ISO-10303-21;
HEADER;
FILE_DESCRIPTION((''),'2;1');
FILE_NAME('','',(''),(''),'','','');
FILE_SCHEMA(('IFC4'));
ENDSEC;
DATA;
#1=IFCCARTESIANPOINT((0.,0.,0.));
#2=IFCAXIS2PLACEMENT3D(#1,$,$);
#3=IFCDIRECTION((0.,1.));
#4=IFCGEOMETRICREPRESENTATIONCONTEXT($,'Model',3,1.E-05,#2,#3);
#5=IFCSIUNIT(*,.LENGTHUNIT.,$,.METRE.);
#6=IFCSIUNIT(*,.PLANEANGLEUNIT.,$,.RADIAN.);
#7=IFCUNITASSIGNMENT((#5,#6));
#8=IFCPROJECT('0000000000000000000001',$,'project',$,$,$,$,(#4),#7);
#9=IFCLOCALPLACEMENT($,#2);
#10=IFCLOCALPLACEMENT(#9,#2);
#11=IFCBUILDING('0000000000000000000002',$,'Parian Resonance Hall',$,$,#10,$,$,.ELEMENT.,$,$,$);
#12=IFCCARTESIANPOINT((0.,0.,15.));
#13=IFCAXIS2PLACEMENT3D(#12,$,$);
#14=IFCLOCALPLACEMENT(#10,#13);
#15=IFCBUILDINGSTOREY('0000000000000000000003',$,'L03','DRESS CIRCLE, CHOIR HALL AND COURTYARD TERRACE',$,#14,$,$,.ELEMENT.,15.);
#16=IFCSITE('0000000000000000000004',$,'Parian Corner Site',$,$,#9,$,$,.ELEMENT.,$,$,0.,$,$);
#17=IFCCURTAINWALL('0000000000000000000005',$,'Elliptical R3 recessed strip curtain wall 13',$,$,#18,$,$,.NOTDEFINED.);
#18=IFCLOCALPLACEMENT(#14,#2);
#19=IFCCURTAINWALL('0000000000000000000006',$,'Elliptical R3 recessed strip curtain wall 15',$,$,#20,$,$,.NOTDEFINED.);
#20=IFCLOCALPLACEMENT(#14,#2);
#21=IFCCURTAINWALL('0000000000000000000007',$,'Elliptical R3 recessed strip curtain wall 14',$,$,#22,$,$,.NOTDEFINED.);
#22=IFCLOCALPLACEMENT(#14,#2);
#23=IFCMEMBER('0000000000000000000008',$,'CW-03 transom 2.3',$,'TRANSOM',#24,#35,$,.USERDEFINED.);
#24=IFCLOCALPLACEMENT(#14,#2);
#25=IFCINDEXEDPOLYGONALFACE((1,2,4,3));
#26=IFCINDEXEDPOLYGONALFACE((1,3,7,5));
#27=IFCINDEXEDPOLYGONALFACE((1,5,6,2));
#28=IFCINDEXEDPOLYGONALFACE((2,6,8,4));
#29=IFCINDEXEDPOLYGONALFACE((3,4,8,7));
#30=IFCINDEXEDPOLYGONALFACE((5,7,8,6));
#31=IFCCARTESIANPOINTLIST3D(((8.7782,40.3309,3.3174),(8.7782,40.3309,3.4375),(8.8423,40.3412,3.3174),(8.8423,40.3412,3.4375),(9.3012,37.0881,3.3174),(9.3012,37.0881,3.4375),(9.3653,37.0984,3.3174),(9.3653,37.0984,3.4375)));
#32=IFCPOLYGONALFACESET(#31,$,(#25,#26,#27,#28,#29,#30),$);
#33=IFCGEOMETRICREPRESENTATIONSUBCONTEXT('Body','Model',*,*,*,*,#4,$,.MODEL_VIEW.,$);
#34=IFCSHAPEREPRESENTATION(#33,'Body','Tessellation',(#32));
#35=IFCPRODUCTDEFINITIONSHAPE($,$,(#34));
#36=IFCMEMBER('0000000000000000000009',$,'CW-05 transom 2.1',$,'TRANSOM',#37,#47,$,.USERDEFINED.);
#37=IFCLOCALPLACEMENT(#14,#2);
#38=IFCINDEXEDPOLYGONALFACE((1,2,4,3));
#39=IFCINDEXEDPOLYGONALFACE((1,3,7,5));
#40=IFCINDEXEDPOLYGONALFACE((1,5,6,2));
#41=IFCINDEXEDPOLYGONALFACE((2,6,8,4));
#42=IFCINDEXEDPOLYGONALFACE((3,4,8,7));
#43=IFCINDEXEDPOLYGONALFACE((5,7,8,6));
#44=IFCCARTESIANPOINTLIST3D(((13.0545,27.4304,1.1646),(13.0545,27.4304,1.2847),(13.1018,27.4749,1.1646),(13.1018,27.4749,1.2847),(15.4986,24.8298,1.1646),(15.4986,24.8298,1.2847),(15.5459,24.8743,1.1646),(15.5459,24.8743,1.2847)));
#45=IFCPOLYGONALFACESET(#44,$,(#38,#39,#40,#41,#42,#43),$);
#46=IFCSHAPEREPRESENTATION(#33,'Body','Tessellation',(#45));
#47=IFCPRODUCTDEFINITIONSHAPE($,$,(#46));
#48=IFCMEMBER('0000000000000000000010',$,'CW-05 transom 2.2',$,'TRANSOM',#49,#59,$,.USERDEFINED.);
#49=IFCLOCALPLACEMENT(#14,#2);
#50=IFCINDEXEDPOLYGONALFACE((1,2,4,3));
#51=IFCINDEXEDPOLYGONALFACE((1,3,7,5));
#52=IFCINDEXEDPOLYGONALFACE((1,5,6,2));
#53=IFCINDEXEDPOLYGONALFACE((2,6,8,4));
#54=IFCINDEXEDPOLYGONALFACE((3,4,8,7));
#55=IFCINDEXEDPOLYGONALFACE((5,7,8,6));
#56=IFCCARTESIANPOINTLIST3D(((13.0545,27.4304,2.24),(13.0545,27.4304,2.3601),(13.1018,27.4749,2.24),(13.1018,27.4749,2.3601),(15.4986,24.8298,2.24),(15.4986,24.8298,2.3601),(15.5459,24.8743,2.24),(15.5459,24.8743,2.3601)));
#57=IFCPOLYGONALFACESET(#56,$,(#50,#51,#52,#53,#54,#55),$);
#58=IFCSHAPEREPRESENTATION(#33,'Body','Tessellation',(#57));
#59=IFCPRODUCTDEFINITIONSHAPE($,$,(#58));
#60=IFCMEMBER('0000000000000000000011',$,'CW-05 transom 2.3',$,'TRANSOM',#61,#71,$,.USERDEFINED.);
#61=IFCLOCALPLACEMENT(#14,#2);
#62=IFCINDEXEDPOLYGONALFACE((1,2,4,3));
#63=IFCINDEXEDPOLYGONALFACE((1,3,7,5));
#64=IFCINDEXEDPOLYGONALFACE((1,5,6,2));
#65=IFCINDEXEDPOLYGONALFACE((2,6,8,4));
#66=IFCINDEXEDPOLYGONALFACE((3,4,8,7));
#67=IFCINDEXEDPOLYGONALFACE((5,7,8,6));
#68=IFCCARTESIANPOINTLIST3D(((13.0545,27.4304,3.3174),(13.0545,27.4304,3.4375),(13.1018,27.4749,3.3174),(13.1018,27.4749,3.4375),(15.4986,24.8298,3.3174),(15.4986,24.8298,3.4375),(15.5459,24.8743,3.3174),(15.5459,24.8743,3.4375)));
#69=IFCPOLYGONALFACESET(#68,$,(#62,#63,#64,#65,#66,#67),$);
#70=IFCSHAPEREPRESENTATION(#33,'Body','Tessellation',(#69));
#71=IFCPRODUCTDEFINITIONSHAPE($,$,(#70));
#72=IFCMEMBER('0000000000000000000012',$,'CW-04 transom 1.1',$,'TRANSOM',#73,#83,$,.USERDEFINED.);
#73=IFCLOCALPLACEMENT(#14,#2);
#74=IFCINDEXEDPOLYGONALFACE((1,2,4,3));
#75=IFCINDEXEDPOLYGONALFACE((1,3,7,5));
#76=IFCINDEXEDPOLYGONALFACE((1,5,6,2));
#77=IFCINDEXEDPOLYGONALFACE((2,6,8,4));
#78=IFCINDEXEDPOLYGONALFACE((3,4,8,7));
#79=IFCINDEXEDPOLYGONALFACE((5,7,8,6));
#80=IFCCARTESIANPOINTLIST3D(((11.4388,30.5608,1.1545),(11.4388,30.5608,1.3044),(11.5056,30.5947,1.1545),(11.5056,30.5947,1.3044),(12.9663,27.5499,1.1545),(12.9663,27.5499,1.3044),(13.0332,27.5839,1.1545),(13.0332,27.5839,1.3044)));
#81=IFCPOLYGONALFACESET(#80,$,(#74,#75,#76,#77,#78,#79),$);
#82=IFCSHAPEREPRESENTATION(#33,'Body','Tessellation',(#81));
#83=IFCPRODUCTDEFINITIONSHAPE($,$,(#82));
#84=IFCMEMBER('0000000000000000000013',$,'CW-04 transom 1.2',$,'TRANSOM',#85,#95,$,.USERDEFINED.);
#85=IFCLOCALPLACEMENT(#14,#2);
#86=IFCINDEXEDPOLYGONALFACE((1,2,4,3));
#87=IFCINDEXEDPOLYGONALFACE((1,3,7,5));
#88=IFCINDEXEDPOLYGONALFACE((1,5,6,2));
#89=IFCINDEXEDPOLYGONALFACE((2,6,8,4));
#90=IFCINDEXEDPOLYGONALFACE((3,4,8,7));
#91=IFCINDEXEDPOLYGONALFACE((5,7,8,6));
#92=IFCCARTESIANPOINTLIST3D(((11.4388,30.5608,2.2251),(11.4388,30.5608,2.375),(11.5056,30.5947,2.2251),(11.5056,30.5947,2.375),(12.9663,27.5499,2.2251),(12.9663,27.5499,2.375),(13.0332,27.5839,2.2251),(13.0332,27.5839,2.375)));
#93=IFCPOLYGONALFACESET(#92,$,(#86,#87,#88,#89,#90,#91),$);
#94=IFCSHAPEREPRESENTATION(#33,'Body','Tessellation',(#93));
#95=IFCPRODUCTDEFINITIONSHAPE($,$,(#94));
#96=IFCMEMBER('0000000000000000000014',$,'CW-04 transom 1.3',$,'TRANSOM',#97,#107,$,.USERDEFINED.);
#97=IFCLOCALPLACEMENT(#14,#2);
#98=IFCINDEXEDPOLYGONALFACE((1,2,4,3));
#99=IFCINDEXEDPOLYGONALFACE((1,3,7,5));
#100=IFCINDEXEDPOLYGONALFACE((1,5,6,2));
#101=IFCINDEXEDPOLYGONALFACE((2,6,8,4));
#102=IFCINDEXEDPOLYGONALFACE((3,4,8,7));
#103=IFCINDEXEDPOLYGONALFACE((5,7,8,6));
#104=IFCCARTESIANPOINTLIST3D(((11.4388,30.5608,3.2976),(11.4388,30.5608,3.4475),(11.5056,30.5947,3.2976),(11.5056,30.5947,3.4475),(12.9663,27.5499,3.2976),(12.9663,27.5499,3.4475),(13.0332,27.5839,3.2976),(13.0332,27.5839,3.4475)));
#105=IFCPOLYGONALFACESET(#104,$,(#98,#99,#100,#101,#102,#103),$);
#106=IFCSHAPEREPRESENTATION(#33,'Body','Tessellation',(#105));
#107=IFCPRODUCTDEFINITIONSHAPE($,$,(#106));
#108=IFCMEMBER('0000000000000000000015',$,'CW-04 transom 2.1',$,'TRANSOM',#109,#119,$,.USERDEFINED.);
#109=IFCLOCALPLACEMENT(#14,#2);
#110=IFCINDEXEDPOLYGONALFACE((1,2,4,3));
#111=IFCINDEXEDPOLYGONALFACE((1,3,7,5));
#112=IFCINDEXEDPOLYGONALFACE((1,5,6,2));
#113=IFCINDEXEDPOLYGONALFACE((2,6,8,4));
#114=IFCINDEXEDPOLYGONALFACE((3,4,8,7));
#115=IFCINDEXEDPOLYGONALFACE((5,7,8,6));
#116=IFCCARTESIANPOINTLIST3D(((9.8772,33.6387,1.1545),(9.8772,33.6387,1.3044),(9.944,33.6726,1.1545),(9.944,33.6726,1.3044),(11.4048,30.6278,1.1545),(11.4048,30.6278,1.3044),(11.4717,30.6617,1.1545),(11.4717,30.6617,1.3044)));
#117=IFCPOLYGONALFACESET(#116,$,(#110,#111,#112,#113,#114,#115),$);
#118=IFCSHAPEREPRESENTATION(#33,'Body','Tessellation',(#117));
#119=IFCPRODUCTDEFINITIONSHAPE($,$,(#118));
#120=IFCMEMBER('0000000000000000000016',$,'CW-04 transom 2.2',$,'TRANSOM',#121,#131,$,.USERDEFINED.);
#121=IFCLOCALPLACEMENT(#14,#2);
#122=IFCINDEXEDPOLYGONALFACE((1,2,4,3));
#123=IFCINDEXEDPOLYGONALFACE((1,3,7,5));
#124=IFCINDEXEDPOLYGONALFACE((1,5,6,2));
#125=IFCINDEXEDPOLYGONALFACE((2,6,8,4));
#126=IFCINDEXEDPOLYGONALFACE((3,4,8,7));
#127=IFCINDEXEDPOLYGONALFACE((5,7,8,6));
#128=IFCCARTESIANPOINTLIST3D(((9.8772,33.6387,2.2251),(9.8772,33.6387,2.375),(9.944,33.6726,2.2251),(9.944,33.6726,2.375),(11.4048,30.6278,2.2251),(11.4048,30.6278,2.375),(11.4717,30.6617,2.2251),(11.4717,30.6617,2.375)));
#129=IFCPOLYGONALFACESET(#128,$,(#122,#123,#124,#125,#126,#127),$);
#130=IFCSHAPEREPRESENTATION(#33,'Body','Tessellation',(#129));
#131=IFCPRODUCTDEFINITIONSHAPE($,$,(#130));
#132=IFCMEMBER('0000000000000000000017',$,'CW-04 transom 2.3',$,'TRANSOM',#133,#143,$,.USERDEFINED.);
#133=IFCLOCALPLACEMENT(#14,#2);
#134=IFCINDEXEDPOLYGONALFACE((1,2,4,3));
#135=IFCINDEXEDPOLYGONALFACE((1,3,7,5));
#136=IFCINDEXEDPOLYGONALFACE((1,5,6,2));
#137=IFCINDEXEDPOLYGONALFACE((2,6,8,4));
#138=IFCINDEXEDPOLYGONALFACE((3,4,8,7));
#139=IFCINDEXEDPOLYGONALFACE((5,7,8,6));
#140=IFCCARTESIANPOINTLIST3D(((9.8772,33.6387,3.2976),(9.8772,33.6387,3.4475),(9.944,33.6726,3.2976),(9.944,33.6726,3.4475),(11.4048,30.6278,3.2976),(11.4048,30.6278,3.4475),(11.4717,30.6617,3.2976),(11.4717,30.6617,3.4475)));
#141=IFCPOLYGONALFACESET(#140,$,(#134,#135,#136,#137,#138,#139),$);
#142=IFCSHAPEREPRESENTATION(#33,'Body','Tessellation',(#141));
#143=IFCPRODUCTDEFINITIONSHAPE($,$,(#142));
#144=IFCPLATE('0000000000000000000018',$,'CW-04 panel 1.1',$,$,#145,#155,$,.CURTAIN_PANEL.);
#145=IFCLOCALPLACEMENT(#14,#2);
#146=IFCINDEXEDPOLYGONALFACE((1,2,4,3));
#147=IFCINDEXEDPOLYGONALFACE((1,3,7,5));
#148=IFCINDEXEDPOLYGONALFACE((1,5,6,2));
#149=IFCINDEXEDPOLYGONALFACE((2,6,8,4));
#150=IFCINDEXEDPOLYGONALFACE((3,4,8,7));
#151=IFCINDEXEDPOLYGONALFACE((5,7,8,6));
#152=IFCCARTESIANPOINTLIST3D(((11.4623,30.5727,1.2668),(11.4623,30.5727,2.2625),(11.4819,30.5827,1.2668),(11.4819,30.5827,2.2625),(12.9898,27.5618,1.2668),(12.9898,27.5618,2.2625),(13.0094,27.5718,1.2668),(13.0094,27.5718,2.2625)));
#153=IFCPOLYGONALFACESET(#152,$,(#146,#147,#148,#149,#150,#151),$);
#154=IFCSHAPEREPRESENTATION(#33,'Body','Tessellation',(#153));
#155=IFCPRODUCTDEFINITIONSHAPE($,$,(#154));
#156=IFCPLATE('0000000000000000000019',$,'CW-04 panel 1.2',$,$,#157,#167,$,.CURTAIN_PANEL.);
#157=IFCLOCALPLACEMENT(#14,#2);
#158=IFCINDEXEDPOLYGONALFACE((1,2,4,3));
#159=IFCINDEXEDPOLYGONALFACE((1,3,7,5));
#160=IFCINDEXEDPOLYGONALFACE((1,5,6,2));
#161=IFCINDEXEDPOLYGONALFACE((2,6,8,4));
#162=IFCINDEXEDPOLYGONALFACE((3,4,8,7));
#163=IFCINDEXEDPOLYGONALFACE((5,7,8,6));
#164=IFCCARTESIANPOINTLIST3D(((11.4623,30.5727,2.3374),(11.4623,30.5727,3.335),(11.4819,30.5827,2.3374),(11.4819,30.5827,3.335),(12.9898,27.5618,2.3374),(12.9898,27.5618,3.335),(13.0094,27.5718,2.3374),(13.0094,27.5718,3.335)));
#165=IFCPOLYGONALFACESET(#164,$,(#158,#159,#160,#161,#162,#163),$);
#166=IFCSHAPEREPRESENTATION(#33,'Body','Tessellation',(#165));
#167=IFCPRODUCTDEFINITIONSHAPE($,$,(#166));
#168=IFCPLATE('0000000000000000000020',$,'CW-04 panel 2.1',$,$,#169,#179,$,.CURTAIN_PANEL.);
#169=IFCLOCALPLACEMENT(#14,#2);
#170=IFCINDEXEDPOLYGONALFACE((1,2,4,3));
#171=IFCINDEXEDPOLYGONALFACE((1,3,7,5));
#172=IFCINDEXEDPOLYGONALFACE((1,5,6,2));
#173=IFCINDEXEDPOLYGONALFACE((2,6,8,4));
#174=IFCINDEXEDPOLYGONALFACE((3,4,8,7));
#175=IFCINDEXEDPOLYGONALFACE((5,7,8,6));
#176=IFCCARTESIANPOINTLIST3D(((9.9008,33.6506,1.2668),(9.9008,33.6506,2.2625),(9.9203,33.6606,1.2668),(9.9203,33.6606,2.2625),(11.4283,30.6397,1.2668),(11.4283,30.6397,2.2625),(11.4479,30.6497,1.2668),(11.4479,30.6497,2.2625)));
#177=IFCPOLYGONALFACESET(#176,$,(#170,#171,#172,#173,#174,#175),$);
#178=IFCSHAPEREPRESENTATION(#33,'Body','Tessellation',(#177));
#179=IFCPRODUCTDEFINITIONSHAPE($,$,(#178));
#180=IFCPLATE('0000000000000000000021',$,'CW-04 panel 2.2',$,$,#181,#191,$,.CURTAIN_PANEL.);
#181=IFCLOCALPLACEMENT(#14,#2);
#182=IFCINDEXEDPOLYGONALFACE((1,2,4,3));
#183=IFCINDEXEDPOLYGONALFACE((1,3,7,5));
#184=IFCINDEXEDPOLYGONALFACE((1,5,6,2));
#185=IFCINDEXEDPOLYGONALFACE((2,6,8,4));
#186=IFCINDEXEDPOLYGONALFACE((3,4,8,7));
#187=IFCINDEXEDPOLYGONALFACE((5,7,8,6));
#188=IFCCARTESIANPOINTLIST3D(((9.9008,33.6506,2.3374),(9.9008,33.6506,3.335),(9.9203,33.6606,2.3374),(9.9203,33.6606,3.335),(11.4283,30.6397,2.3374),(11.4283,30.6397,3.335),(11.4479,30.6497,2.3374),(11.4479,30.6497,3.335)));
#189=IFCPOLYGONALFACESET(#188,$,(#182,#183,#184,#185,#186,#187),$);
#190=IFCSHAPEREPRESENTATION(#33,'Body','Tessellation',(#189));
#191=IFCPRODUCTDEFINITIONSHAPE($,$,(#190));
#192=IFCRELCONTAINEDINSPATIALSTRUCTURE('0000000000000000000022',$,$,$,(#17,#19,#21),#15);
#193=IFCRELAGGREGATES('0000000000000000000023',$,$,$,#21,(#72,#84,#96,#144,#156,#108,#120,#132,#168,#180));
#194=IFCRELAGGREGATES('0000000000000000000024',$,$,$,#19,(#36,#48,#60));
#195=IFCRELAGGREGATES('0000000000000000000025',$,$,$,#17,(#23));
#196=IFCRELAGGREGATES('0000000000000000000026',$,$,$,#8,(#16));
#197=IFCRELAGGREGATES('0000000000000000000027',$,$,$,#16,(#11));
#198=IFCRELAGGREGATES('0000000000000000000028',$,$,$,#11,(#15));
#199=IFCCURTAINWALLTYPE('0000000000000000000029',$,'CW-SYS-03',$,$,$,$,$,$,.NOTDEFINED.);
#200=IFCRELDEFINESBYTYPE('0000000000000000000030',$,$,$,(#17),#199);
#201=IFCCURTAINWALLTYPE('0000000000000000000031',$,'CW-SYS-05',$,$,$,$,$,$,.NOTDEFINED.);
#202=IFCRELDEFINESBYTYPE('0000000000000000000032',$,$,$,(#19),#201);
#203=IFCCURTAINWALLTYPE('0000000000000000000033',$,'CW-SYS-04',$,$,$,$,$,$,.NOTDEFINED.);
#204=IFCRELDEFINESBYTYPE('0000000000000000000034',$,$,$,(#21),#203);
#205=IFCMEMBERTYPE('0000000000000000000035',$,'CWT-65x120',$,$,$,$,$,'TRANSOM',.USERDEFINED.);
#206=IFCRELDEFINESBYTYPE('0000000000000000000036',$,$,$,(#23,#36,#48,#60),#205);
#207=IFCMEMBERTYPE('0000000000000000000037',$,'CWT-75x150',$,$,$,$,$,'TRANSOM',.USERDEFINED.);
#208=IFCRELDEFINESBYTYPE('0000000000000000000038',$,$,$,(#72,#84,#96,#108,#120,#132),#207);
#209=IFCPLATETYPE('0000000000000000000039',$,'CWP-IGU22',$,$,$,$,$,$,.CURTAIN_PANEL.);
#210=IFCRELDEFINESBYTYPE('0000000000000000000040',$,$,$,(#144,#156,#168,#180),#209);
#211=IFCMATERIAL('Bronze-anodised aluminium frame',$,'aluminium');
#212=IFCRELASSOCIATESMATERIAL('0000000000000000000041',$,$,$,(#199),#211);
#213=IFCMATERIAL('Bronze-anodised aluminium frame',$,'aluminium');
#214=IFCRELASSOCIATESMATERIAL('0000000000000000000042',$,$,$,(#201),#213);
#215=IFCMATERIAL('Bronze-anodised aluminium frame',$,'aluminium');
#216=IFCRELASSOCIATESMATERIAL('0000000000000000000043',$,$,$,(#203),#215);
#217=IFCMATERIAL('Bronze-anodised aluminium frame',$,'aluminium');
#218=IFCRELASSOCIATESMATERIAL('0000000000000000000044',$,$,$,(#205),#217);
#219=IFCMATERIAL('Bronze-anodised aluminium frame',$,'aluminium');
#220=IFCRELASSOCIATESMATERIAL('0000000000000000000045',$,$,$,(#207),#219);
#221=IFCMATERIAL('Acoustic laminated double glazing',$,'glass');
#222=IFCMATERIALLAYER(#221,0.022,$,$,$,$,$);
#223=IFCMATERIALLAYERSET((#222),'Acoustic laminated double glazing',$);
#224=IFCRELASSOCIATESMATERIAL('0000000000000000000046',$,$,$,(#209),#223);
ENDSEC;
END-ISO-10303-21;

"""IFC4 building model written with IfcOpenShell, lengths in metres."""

from ifc_helpers import new_model, si_unit, direction, frame, origin, origin_2d, place, context, subcontext, project, spatial, rectangle, extrude, material, layer, layer_set, material_profile, profile_set, type_object, element, aggregate, save


model = new_model("IFC4")

# Units and contexts
model_context = context("Model", 3, precision=1e-05, world=origin(), true_north=direction((0.0, 1.0)))
body_context = subcontext(model_context, "Body", "Model", "MODEL_VIEW")
ifc_project = project(units=[si_unit("LENGTHUNIT", "METRE"), si_unit("PLANEANGLEUNIT", "RADIAN")], contexts=[model_context])

# Site, building, storey
site_placement = place(None, origin())
site = spatial("IfcSite", under=ifc_project, at=site_placement, Name="Parian Corner Site", CompositionType="ELEMENT", RefElevation=0.0)
building_placement = place(site_placement, origin())
building = spatial("IfcBuilding", under=site, at=building_placement, Name="Parian Resonance Hall", CompositionType="ELEMENT")
storey_placement = place(building_placement, frame((0.0, 0.0, 15.0)))
storey = spatial("IfcBuildingStorey", under=building, at=storey_placement, Name="L03", Description="DRESS CIRCLE, CHOIR HALL AND COURTYARD TERRACE", CompositionType="ELEMENT", Elevation=15.0)

# Curtain walls
ifc_material_1 = material(Name="Bronze-anodised aluminium frame", Category="aluminium")
curtain_wall_type_1 = type_object("IfcCurtainWallType", Name="CW-SYS-03", PredefinedType="NOTDEFINED", material=ifc_material_1)
curtain_wall_1_placement = place(storey_placement, origin())
curtain_wall_1 = element("IfcCurtainWall", 1, at=curtain_wall_1_placement, inside=storey, type_object=curtain_wall_type_1, Name="Elliptical R3 recessed strip curtain wall 13", PredefinedType="NOTDEFINED")
ifc_material_2 = material(Name="Bronze-anodised aluminium frame", Category="aluminium")
curtain_wall_type_2 = type_object("IfcCurtainWallType", Name="CW-SYS-05", PredefinedType="NOTDEFINED", material=ifc_material_2)
curtain_wall_2_placement = place(storey_placement, origin())
curtain_wall_2 = element("IfcCurtainWall", 2, at=curtain_wall_2_placement, inside=storey, type_object=curtain_wall_type_2, Name="Elliptical R3 recessed strip curtain wall 15", PredefinedType="NOTDEFINED")
ifc_material_3 = material(Name="Bronze-anodised aluminium frame", Category="aluminium")
curtain_wall_type_3 = type_object("IfcCurtainWallType", Name="CW-SYS-04", PredefinedType="NOTDEFINED", material=ifc_material_3)
curtain_wall_3_placement = place(storey_placement, origin())
curtain_wall_3 = element("IfcCurtainWall", 3, at=curtain_wall_3_placement, inside=storey, type_object=curtain_wall_type_3, Name="Elliptical R3 recessed strip curtain wall 14", PredefinedType="NOTDEFINED")

# Members
ifc_material_4 = material(Name="Bronze-anodised aluminium frame", Category="aluminium")
ifc_material_profile_1 = material_profile(ifc_material_4, rectangle(XDim=0.0649, YDim=0.1201, at=origin_2d()), Name="CWT-65x120")
ifc_profile_set_1 = profile_set([ifc_material_profile_1], Name="Bronze-anodised aluminium frame")
member_type_1 = type_object("IfcMemberType", Name="CWT-65x120", ElementType="TRANSOM", PredefinedType="USERDEFINED", material=ifc_profile_set_1)
member_1_placement = place(storey_placement, frame((9.3333, 37.0933, 3.3774), z_axis=(-0.159214, 0.987244, 0.0), x_axis=(-0.987244, -0.159214, 0.0)))
member_1 = element("IfcMember", 4, at=member_1_placement, type_object=member_type_1, Name="CW-03 transom 2.3", ObjectType="TRANSOM", PredefinedType="USERDEFINED", context=body_context, shape_type="SweptSolid", body=[
    extrude(rectangle(XDim=0.0649, YDim=0.1201, at=origin_2d()), origin(), (0.0, 0.0, 1.0), 3.2847),
])
member_2_placement = place(storey_placement, frame((15.5222, 24.8521, 1.2246), z_axis=(-0.684842, 0.728692, 0.0), x_axis=(-0.728692, -0.684842, 0.0)))
member_2 = element("IfcMember", 5, at=member_2_placement, type_object=member_type_1, Name="CW-05 transom 2.1", ObjectType="TRANSOM", PredefinedType="USERDEFINED", context=body_context, shape_type="SweptSolid", body=[
    extrude(rectangle(XDim=0.0649, YDim=0.1201, at=origin_2d()), origin(), (0.0, 0.0, 1.0), 3.5688),
])
member_3_placement = place(storey_placement, frame((15.5222, 24.8521, 2.3), z_axis=(-0.684842, 0.728692, 0.0), x_axis=(-0.728692, -0.684842, 0.0)))
member_3 = element("IfcMember", 6, at=member_3_placement, type_object=member_type_1, Name="CW-05 transom 2.2", ObjectType="TRANSOM", PredefinedType="USERDEFINED", context=body_context, shape_type="SweptSolid", body=[
    extrude(rectangle(XDim=0.0649, YDim=0.1201, at=origin_2d()), origin(), (0.0, 0.0, 1.0), 3.5688),
])
member_4_placement = place(storey_placement, frame((15.5222, 24.8521, 3.3774), z_axis=(-0.684842, 0.728692, 0.0), x_axis=(-0.728692, -0.684842, 0.0)))
member_4 = element("IfcMember", 7, at=member_4_placement, type_object=member_type_1, Name="CW-05 transom 2.3", ObjectType="TRANSOM", PredefinedType="USERDEFINED", context=body_context, shape_type="SweptSolid", body=[
    extrude(rectangle(XDim=0.0649, YDim=0.1201, at=origin_2d()), origin(), (0.0, 0.0, 1.0), 3.5688),
])
ifc_material_5 = material(Name="Bronze-anodised aluminium frame", Category="aluminium")
ifc_material_profile_2 = material_profile(ifc_material_5, rectangle(XDim=0.075, YDim=0.1499, at=origin_2d()), Name="CWT-75x150")
ifc_profile_set_2 = profile_set([ifc_material_profile_2], Name="Bronze-anodised aluminium frame")
member_type_2 = type_object("IfcMemberType", Name="CWT-75x150", ElementType="TRANSOM", PredefinedType="USERDEFINED", material=ifc_profile_set_2)
member_5_placement = place(storey_placement, frame((12.9998, 27.5669, 1.2295), z_axis=(-0.452441, 0.891794, 0.0), x_axis=(-0.891794, -0.452441, 0.0)))
member_5 = element("IfcMember", 8, at=member_5_placement, type_object=member_type_2, Name="CW-04 transom 1.1", ObjectType="TRANSOM", PredefinedType="USERDEFINED", context=body_context, shape_type="SweptSolid", body=[
    extrude(rectangle(XDim=0.075, YDim=0.1499, at=origin_2d()), origin(), (0.0, 0.0, 1.0), 3.3762),
])
member_6_placement = place(storey_placement, frame((12.9998, 27.5669, 2.3), z_axis=(-0.452441, 0.891794, 0.0), x_axis=(-0.891794, -0.452441, 0.0)))
member_6 = element("IfcMember", 9, at=member_6_placement, type_object=member_type_2, Name="CW-04 transom 1.2", ObjectType="TRANSOM", PredefinedType="USERDEFINED", context=body_context, shape_type="SweptSolid", body=[
    extrude(rectangle(XDim=0.075, YDim=0.1499, at=origin_2d()), origin(), (0.0, 0.0, 1.0), 3.3762),
])
member_7_placement = place(storey_placement, frame((12.9998, 27.5669, 3.3726), z_axis=(-0.452441, 0.891794, 0.0), x_axis=(-0.891794, -0.452441, 0.0)))
member_7 = element("IfcMember", 10, at=member_7_placement, type_object=member_type_2, Name="CW-04 transom 1.3", ObjectType="TRANSOM", PredefinedType="USERDEFINED", context=body_context, shape_type="SweptSolid", body=[
    extrude(rectangle(XDim=0.075, YDim=0.1499, at=origin_2d()), origin(), (0.0, 0.0, 1.0), 3.3762),
])
member_8_placement = place(storey_placement, frame((11.4382, 30.6448, 1.2295), z_axis=(-0.45247, 0.891779, 0.0), x_axis=(-0.891779, -0.45247, 0.0)))
member_8 = element("IfcMember", 11, at=member_8_placement, type_object=member_type_2, Name="CW-04 transom 2.1", ObjectType="TRANSOM", PredefinedType="USERDEFINED", context=body_context, shape_type="SweptSolid", body=[
    extrude(rectangle(XDim=0.075, YDim=0.1499, at=origin_2d()), origin(), (0.0, 0.0, 1.0), 3.3762),
])
member_9_placement = place(storey_placement, frame((11.4382, 30.6448, 2.3), z_axis=(-0.45247, 0.891779, 0.0), x_axis=(-0.891779, -0.45247, 0.0)))
member_9 = element("IfcMember", 12, at=member_9_placement, type_object=member_type_2, Name="CW-04 transom 2.2", ObjectType="TRANSOM", PredefinedType="USERDEFINED", context=body_context, shape_type="SweptSolid", body=[
    extrude(rectangle(XDim=0.075, YDim=0.1499, at=origin_2d()), origin(), (0.0, 0.0, 1.0), 3.3762),
])
member_10_placement = place(storey_placement, frame((11.4382, 30.6448, 3.3726), z_axis=(-0.45247, 0.891779, 0.0), x_axis=(-0.891779, -0.45247, 0.0)))
member_10 = element("IfcMember", 13, at=member_10_placement, type_object=member_type_2, Name="CW-04 transom 2.3", ObjectType="TRANSOM", PredefinedType="USERDEFINED", context=body_context, shape_type="SweptSolid", body=[
    extrude(rectangle(XDim=0.075, YDim=0.1499, at=origin_2d()), origin(), (0.0, 0.0, 1.0), 3.3762),
])

# Plates
ifc_material_6 = material(Name="Acoustic laminated double glazing", Category="glass")
ifc_layer_1 = layer(ifc_material_6, 0.022)
ifc_layer_set_1 = layer_set([ifc_layer_1], Name="Acoustic laminated double glazing")
plate_type_1 = type_object("IfcPlateType", Name="CWP-IGU22", PredefinedType="CURTAIN_PANEL", material=ifc_layer_set_1)
plate_1_placement = place(storey_placement, frame((12.2358, 29.0723, 1.2668), z_axis=(0.0, 0.0, 1.0), x_axis=(-0.45244, 0.891795, 0.0)))
plate_1 = element("IfcPlate", 14, at=plate_1_placement, type_object=plate_type_1, Name="CW-04 panel 1.1", PredefinedType="CURTAIN_PANEL", context=body_context, shape_type="SweptSolid", body=[
    extrude(rectangle(XDim=3.3762, YDim=0.022, at=origin_2d()), origin(), (0.0, 0.0, 1.0), 0.9956),
])
plate_2_placement = place(storey_placement, frame((12.2358, 29.0723, 2.3374), z_axis=(0.0, 0.0, 1.0), x_axis=(-0.45244, 0.891795, 0.0)))
plate_2 = element("IfcPlate", 15, at=plate_2_placement, type_object=plate_type_1, Name="CW-04 panel 1.2", PredefinedType="CURTAIN_PANEL", context=body_context, shape_type="SweptSolid", body=[
    extrude(rectangle(XDim=3.3762, YDim=0.022, at=origin_2d()), origin(), (0.0, 0.0, 1.0), 0.9976),
])
plate_3_placement = place(storey_placement, frame((10.6743, 32.1501, 1.2668), z_axis=(0.0, 0.0, 1.0), x_axis=(-0.45244, 0.891795, 0.0)))
plate_3 = element("IfcPlate", 16, at=plate_3_placement, type_object=plate_type_1, Name="CW-04 panel 2.1", PredefinedType="CURTAIN_PANEL", context=body_context, shape_type="SweptSolid", body=[
    extrude(rectangle(XDim=3.3762, YDim=0.022, at=origin_2d()), origin(), (0.0, 0.0, 1.0), 0.9956),
])
plate_4_placement = place(storey_placement, frame((10.6743, 32.1501, 2.3374), z_axis=(0.0, 0.0, 1.0), x_axis=(-0.45244, 0.891795, 0.0)))
plate_4 = element("IfcPlate", 17, at=plate_4_placement, type_object=plate_type_1, Name="CW-04 panel 2.2", PredefinedType="CURTAIN_PANEL", context=body_context, shape_type="SweptSolid", body=[
    extrude(rectangle(XDim=3.3762, YDim=0.022, at=origin_2d()), origin(), (0.0, 0.0, 1.0), 0.9976),
])
aggregate(curtain_wall_3, [member_5, member_6, member_7, plate_1, plate_2, member_8, member_9, member_10, plate_3, plate_4])
aggregate(curtain_wall_2, [member_2, member_3, member_4])
aggregate(curtain_wall_1, [member_1])

save(model, "model.ifc")
